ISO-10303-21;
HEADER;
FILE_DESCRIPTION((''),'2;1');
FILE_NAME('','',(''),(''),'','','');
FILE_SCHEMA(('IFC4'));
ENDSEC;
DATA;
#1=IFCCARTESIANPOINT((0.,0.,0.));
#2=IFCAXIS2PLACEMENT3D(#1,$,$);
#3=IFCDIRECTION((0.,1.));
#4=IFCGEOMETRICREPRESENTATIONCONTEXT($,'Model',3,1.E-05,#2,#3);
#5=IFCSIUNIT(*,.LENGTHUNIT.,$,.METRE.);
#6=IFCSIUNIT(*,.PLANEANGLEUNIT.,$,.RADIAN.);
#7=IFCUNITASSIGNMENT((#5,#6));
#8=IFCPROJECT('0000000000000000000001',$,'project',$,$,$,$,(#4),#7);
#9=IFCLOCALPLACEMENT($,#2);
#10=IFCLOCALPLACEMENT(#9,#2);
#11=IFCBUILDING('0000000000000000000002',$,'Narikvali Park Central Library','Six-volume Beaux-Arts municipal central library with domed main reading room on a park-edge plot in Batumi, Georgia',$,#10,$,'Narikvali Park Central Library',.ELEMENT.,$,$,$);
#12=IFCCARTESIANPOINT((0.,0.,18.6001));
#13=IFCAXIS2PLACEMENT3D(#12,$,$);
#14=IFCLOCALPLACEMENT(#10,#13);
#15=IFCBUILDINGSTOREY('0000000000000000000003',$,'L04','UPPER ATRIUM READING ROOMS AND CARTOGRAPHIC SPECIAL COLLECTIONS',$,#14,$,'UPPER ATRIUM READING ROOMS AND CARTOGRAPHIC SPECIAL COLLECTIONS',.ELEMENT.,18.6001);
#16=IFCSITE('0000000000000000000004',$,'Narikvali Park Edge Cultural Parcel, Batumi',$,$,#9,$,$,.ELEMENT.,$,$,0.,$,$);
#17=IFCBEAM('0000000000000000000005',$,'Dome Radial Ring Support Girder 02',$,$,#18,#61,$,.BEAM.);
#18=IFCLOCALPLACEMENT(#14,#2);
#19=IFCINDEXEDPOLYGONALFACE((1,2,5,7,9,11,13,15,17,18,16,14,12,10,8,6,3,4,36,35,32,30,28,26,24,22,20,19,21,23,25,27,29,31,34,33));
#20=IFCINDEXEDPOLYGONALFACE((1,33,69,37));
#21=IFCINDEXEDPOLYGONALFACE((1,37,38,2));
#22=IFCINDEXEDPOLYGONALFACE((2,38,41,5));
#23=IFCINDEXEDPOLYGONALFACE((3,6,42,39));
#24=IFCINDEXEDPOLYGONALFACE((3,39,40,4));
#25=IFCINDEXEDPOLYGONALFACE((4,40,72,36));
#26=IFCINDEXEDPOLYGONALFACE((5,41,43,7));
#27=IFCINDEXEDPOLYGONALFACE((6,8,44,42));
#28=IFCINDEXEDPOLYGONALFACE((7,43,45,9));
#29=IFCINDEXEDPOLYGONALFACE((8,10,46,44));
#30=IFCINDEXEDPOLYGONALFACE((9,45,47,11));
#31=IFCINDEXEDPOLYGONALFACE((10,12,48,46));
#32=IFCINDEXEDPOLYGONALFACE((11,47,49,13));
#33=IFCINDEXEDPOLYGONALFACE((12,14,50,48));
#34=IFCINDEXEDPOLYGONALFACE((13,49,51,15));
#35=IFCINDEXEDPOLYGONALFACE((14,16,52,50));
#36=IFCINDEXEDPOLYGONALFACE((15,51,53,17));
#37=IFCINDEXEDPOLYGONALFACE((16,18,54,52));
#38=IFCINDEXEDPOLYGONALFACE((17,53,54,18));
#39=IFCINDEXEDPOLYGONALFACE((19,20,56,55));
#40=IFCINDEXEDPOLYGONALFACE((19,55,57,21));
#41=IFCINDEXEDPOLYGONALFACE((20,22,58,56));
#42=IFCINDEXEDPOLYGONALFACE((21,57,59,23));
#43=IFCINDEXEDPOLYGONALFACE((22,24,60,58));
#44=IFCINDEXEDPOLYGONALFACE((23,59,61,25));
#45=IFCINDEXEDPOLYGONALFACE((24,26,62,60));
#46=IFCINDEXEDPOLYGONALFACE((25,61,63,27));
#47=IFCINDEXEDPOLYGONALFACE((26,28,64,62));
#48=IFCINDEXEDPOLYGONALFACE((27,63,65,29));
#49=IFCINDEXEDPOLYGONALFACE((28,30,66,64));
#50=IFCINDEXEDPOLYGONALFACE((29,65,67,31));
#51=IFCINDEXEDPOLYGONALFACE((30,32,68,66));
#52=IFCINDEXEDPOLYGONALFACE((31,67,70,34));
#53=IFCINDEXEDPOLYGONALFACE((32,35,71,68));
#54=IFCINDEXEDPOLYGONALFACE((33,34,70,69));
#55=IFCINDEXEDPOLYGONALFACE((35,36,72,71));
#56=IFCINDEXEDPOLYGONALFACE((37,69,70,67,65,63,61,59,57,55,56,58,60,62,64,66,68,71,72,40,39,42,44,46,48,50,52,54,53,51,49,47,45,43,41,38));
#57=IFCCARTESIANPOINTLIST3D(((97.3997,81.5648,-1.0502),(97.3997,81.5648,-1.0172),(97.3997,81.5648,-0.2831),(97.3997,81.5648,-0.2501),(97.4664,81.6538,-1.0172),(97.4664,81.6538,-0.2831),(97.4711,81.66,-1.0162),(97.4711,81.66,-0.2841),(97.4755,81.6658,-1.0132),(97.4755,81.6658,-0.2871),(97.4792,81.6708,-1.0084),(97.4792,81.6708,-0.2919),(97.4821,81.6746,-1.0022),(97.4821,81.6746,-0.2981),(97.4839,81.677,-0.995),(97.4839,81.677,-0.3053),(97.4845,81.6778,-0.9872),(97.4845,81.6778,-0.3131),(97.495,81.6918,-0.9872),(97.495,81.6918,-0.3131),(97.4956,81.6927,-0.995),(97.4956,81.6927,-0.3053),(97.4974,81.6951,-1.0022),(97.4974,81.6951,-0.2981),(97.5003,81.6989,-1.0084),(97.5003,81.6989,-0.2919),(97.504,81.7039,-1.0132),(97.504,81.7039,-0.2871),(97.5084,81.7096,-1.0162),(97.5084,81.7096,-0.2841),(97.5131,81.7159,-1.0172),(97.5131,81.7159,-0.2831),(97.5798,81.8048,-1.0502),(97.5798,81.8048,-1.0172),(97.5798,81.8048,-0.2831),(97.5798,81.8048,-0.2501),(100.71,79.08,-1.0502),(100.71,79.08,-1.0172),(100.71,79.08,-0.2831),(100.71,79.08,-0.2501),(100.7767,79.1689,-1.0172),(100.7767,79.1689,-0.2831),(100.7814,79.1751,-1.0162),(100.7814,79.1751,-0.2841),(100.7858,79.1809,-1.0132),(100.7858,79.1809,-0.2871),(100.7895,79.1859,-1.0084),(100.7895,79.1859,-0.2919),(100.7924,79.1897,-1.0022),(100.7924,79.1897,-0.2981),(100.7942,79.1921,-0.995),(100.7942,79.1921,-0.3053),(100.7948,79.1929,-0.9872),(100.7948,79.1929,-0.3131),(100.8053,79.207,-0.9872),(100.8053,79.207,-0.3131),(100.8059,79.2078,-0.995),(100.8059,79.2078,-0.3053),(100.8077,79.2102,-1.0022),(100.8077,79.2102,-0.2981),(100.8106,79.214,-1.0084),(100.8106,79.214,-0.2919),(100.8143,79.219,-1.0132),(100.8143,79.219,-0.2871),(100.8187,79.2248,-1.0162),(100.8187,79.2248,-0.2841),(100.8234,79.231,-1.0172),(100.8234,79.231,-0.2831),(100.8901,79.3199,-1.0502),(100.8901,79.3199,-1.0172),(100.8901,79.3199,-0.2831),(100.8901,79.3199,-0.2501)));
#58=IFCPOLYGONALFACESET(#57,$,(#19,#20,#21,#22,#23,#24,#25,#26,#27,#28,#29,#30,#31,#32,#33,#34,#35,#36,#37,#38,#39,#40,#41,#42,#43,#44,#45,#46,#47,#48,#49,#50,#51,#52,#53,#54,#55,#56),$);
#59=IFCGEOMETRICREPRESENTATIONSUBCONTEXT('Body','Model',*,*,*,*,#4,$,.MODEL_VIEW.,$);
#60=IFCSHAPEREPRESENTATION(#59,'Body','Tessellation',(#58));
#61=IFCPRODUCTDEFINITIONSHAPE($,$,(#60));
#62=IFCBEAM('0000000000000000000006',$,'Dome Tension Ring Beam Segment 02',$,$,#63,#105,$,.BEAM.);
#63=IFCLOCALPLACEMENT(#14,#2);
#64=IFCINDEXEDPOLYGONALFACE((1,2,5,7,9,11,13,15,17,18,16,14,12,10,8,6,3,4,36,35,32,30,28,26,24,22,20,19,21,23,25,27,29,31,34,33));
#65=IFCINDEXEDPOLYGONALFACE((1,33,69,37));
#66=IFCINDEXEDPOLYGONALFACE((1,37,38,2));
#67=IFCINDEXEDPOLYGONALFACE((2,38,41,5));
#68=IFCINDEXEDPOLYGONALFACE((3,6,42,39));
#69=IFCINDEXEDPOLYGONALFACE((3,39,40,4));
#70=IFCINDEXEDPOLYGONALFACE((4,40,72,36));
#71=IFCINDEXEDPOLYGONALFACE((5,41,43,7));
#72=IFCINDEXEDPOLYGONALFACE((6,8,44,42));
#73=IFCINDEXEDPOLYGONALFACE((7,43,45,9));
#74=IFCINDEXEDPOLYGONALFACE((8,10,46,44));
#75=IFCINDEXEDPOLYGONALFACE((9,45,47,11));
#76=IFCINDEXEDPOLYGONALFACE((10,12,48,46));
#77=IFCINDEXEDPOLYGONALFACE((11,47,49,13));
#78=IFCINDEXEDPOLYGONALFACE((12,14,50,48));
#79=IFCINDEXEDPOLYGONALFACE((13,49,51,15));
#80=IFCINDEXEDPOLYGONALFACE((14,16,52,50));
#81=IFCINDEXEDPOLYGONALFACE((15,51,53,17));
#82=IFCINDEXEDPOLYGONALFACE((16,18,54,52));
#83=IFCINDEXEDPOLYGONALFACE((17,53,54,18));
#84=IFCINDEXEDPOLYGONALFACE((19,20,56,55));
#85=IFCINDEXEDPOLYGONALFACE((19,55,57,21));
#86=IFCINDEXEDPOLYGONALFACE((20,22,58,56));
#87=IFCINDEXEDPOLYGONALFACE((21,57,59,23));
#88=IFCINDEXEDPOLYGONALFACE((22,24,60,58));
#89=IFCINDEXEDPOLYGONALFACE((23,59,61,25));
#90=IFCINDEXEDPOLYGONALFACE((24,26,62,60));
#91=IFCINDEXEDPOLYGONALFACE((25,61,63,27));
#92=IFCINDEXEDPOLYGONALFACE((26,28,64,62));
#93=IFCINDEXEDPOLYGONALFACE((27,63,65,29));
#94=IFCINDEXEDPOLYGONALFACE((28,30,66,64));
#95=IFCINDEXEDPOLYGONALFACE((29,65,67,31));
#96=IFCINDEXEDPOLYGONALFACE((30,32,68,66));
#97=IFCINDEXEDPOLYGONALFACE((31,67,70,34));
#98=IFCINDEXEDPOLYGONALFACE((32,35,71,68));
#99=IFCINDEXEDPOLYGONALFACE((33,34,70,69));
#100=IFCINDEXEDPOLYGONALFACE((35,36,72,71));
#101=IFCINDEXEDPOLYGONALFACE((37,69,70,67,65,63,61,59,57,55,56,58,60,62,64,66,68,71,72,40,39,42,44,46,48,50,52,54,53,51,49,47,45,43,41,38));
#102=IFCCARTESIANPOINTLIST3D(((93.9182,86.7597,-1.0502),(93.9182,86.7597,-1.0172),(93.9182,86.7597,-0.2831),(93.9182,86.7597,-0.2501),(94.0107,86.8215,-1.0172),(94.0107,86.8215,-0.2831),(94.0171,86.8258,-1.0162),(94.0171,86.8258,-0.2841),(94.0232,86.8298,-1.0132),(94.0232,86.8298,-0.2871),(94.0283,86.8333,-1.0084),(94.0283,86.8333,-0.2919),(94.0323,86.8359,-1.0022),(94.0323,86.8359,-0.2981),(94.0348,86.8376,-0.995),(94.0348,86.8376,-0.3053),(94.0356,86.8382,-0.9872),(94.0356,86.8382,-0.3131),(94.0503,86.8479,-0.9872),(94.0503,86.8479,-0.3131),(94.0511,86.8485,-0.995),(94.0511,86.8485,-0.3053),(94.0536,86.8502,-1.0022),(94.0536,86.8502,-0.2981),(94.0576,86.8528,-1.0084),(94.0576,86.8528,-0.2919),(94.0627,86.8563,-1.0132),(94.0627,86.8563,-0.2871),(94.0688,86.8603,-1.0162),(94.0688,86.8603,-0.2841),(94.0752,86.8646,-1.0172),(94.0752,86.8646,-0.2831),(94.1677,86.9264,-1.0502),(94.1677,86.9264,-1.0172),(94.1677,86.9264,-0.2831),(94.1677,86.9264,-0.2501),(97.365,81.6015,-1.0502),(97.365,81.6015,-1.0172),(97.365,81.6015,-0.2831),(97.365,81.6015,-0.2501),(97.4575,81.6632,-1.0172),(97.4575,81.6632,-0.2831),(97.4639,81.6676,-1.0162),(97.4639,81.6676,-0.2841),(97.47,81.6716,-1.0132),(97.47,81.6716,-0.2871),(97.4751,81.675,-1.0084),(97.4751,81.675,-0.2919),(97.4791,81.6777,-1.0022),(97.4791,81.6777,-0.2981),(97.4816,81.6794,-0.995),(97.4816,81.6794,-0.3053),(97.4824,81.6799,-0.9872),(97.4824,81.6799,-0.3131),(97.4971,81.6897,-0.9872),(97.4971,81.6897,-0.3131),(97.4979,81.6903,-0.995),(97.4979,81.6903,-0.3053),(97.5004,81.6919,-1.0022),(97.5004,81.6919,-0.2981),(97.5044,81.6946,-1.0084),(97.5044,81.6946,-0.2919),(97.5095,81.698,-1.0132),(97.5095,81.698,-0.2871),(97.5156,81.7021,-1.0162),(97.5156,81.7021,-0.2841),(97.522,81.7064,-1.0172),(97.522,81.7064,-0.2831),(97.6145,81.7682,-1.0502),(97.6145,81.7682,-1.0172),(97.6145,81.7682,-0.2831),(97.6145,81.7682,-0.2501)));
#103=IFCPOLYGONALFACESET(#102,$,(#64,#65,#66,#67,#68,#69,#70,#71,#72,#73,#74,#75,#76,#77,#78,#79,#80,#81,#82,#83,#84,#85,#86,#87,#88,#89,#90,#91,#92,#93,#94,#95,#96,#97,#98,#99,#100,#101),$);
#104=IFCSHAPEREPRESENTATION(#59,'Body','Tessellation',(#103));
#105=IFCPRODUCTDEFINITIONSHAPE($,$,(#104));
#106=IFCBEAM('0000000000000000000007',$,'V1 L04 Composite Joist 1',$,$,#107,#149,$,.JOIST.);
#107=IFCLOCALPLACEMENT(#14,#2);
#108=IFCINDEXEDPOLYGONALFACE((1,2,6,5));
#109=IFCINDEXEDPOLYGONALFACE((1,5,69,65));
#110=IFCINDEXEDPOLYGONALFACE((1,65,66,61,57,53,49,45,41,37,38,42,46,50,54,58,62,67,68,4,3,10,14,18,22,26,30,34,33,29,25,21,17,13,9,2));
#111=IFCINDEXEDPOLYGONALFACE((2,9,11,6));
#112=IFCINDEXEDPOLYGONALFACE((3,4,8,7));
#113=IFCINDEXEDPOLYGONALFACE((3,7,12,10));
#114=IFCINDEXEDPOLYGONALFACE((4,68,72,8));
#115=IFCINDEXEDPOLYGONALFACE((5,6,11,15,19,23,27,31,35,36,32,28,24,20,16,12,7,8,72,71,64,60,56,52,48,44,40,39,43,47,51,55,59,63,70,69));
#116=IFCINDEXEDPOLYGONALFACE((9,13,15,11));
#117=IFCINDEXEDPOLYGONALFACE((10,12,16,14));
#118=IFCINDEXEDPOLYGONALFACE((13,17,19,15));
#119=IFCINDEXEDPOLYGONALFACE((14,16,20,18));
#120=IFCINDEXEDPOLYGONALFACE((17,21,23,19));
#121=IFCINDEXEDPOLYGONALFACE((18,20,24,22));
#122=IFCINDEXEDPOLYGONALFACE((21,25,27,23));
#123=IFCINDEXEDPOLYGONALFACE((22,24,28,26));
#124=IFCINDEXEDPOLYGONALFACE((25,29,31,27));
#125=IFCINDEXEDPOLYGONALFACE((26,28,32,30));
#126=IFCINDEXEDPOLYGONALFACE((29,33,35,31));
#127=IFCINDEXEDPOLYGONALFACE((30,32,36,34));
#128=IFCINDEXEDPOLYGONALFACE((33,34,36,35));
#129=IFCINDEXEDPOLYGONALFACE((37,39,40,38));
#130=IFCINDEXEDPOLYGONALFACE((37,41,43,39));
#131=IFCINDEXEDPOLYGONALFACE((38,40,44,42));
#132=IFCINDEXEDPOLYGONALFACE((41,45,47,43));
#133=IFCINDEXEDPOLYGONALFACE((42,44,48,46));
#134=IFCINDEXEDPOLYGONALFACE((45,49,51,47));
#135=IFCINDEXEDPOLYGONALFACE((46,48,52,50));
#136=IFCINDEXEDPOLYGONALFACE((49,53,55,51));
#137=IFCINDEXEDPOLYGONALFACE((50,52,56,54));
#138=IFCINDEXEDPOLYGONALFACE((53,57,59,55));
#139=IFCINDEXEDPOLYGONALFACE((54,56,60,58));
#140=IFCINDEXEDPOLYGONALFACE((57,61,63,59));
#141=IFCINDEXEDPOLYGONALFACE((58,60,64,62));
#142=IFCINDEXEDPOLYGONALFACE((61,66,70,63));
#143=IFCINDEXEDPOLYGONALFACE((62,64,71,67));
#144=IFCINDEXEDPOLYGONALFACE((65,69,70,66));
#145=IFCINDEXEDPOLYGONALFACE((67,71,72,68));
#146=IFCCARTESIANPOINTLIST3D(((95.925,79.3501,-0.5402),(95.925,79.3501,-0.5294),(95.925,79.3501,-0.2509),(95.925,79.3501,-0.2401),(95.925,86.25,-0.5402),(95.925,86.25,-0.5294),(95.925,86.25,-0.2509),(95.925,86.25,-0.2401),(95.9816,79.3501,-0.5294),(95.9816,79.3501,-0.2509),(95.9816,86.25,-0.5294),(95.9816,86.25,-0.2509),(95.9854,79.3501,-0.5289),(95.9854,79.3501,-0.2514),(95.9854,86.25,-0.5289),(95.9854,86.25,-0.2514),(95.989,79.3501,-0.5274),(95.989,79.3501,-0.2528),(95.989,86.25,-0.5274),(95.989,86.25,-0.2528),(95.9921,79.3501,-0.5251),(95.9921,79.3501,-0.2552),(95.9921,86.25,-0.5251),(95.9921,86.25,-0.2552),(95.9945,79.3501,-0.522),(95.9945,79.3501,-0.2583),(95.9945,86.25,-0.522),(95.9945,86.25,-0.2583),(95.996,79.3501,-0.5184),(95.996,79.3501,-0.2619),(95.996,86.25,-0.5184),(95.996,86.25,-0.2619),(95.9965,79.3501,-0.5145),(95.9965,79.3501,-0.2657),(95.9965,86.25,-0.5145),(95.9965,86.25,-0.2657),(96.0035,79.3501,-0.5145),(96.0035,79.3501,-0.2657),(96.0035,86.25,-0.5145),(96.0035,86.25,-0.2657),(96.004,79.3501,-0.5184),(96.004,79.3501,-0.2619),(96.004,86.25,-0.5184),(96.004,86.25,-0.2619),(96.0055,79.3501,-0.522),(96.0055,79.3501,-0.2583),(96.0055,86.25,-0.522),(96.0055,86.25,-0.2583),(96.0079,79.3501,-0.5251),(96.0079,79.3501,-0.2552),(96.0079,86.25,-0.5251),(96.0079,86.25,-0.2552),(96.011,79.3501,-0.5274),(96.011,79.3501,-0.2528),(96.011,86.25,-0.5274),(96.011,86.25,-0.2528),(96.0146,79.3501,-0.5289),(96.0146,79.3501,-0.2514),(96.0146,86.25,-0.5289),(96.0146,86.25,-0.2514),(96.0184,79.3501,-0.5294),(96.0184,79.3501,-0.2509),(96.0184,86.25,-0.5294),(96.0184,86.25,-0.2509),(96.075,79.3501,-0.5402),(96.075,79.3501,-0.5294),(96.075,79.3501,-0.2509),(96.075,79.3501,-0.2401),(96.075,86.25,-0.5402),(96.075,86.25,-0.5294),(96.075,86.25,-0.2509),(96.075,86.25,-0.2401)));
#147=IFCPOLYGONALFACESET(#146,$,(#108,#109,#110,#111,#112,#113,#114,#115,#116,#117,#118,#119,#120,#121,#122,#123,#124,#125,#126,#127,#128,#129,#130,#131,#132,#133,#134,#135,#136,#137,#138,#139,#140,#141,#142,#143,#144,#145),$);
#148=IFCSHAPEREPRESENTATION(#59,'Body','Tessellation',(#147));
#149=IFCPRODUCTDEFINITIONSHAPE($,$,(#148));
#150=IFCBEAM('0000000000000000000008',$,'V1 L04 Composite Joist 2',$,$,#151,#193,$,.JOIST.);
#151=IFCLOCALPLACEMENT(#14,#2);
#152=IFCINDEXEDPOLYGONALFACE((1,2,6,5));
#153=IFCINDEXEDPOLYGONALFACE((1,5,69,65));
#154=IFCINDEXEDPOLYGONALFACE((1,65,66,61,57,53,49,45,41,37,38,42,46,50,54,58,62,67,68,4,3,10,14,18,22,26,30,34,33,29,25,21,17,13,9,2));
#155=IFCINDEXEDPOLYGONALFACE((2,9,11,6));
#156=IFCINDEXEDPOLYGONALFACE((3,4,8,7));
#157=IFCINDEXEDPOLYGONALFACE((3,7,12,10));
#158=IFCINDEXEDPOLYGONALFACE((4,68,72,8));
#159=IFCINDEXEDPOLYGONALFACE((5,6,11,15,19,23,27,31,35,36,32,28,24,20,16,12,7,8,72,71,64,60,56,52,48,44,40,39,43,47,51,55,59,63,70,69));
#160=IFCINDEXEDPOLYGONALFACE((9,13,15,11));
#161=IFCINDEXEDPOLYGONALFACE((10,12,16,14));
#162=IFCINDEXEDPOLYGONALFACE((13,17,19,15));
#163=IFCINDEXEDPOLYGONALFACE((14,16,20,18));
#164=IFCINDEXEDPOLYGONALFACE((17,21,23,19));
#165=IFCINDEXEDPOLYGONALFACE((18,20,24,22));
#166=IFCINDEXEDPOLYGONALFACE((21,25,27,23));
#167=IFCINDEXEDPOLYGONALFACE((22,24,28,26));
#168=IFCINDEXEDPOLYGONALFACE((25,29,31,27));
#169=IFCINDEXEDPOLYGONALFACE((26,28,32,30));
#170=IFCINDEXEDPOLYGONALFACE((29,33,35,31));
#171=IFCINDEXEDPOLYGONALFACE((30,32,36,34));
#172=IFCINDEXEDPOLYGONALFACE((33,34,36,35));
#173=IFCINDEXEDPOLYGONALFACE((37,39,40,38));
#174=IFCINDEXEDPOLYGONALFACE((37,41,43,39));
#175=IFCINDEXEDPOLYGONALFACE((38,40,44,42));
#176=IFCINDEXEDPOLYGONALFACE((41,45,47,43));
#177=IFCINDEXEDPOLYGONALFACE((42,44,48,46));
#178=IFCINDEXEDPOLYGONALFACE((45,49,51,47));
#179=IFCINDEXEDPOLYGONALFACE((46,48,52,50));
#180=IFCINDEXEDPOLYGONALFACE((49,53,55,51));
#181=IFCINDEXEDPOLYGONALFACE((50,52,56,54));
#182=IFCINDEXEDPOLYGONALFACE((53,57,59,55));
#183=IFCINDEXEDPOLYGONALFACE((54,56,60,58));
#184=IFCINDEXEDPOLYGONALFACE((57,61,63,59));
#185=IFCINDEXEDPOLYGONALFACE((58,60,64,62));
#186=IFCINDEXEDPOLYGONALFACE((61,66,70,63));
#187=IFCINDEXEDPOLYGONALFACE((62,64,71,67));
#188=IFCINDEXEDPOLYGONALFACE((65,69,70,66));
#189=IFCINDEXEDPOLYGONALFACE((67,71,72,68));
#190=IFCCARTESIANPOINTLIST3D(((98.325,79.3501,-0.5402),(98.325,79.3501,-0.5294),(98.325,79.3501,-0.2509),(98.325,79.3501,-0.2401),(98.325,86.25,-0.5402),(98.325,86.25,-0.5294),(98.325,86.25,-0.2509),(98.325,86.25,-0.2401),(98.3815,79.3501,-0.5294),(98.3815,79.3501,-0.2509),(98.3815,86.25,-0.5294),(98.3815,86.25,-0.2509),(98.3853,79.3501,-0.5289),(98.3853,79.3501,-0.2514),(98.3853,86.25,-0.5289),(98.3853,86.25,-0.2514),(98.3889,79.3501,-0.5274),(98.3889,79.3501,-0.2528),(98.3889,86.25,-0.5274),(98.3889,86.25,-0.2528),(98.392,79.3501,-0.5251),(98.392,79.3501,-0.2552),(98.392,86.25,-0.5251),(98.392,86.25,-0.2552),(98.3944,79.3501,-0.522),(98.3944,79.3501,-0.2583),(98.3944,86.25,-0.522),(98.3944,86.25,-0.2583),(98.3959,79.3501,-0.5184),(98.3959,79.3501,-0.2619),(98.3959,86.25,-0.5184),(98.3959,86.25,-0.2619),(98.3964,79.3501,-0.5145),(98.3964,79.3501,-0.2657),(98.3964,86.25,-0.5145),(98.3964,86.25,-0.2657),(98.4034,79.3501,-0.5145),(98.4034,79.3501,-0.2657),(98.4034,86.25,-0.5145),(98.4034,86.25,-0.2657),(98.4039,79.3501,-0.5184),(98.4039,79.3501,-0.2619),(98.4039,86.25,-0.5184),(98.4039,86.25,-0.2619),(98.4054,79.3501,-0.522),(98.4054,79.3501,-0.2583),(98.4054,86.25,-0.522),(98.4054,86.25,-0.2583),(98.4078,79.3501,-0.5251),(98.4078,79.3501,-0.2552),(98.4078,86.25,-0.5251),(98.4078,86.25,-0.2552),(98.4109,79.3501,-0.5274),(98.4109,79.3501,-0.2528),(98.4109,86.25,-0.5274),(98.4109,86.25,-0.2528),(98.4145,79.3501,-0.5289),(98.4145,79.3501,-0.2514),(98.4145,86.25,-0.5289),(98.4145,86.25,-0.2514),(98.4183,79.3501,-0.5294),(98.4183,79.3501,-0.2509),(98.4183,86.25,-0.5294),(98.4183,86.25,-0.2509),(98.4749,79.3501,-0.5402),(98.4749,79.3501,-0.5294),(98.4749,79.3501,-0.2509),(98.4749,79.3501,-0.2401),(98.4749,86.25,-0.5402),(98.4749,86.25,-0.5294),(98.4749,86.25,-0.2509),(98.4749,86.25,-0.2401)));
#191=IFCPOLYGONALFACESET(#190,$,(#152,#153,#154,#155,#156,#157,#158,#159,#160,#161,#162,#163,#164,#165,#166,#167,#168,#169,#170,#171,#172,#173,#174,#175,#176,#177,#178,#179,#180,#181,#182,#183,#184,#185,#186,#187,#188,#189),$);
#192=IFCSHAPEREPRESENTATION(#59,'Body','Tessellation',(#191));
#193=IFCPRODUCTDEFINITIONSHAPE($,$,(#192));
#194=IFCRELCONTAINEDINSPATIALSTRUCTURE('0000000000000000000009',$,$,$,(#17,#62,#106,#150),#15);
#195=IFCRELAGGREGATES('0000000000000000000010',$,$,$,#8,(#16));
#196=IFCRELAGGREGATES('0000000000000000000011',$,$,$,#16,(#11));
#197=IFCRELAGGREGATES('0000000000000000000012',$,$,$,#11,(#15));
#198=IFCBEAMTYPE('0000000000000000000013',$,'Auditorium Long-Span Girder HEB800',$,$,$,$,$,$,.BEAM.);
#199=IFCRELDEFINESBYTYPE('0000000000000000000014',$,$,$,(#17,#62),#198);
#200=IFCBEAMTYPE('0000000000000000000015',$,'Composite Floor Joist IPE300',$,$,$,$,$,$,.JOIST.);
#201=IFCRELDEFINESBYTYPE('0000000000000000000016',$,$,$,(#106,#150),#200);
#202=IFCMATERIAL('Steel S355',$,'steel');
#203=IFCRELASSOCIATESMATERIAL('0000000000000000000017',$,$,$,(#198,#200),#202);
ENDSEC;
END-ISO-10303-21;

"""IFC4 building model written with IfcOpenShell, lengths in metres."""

from ifc_helpers import new_model, si_unit, direction, frame, origin, origin_2d, place, context, subcontext, project, spatial, i_section, extrude, material, material_profile, profile_set, type_object, element, save


model = new_model("IFC4")

# Units and contexts
model_context = context("Model", 3, precision=1e-05, world=origin(), true_north=direction((0.0, 1.0)))
body_context = subcontext(model_context, "Body", "Model", "MODEL_VIEW")
ifc_project = project(units=[si_unit("LENGTHUNIT", "METRE"), si_unit("PLANEANGLEUNIT", "RADIAN")], contexts=[model_context])

# Site, building, storey
site_placement = place(None, origin())
site = spatial("IfcSite", under=ifc_project, at=site_placement, Name="Narikvali Park Edge Cultural Parcel, Batumi", CompositionType="ELEMENT", RefElevation=0.0)
building_placement = place(site_placement, origin())
building = spatial("IfcBuilding", under=site, at=building_placement, Name="Narikvali Park Central Library", Description="Six-volume Beaux-Arts municipal central library with domed main reading room on a park-edge plot in Batumi, Georgia", LongName="Narikvali Park Central Library", CompositionType="ELEMENT")
storey_placement = place(building_placement, frame((0.0, 0.0, 18.6001)))
storey = spatial("IfcBuildingStorey", under=building, at=storey_placement, Name="L04", Description="UPPER ATRIUM READING ROOMS AND CARTOGRAPHIC SPECIAL COLLECTIONS", LongName="UPPER ATRIUM READING ROOMS AND CARTOGRAPHIC SPECIAL COLLECTIONS", CompositionType="ELEMENT", Elevation=18.6001)

# Beams
ifc_material_1 = material(Name="Steel S355", Category="steel")
ifc_material_profile_1 = material_profile(ifc_material_1, i_section(OverallWidth=0.3, OverallDepth=0.8, WebThickness=0.0176, FlangeThickness=0.033, FilletRadius=0.03, at=origin_2d()), Name="HEB 800")
ifc_profile_set_1 = profile_set([ifc_material_profile_1], Name="Steel S355")
beam_type_1 = type_object("IfcBeamType", Name="Auditorium Long-Span Girder HEB800", PredefinedType="BEAM", material=ifc_profile_set_1)
beam_1_placement = place(storey_placement, frame((100.8, 79.2, -0.6501), z_axis=(-0.799752, 0.60033, 0.0), x_axis=(-0.60033, -0.799752, 0.0)))
element("IfcBeam", 1, at=beam_1_placement, inside=storey, type_object=beam_type_1, Name="Dome Radial Ring Support Girder 02", PredefinedType="BEAM", context=body_context, shape_type="SweptSolid", body=[
    extrude(i_section(OverallWidth=0.3, OverallDepth=0.8, WebThickness=0.0176, FlangeThickness=0.033, FilletRadius=0.03, at=origin_2d()), origin(), (0.0, 0.0, 1.0), 4.1392),
])
beam_2_placement = place(storey_placement, frame((97.4897, 81.6848, -0.6501), z_axis=(-0.55559, 0.831456, 0.0), x_axis=(-0.831456, -0.55559, 0.0)))
element("IfcBeam", 2, at=beam_2_placement, inside=storey, type_object=beam_type_1, Name="Dome Tension Ring Beam Segment 02", PredefinedType="BEAM", context=body_context, shape_type="SweptSolid", body=[
    extrude(i_section(OverallWidth=0.3, OverallDepth=0.8, WebThickness=0.0176, FlangeThickness=0.033, FilletRadius=0.03, at=origin_2d()), origin(), (0.0, 0.0, 1.0), 6.2039),
])
ifc_material_profile_2 = material_profile(ifc_material_1, i_section(OverallWidth=0.1499, OverallDepth=0.3, WebThickness=0.0071, FlangeThickness=0.0107, FilletRadius=0.0149, at=origin_2d()), Name="IPE 300")
ifc_profile_set_2 = profile_set([ifc_material_profile_2], Name="Steel S355")
beam_type_2 = type_object("IfcBeamType", Name="Composite Floor Joist IPE300", PredefinedType="JOIST", material=ifc_profile_set_2)
for number, where, z_axis, x_axis, name in (
    (3, (96.0, 79.3501, -0.3901), (0.0, 1.0, 0.0), (-1.0, 0.0, 0.0), "V1 L04 Composite Joist 1"),
    (4, (98.3999, 79.3501, -0.3901), (0.0, 1.0, 0.0), (-1.0, 0.0, 0.0), "V1 L04 Composite Joist 2"),
):
    element("IfcBeam", number, at=place(storey_placement, frame(where, z_axis=z_axis, x_axis=x_axis)), inside=storey, type_object=beam_type_2, Name=name, PredefinedType="JOIST", context=body_context, shape_type="SweptSolid", body=[
        extrude(i_section(OverallWidth=0.1499, OverallDepth=0.3, WebThickness=0.0071, FlangeThickness=0.0107, FilletRadius=0.0149, at=origin_2d()), origin(), (0.0, 0.0, 1.0), 6.8999),
    ])

save(model, "model.ifc")
